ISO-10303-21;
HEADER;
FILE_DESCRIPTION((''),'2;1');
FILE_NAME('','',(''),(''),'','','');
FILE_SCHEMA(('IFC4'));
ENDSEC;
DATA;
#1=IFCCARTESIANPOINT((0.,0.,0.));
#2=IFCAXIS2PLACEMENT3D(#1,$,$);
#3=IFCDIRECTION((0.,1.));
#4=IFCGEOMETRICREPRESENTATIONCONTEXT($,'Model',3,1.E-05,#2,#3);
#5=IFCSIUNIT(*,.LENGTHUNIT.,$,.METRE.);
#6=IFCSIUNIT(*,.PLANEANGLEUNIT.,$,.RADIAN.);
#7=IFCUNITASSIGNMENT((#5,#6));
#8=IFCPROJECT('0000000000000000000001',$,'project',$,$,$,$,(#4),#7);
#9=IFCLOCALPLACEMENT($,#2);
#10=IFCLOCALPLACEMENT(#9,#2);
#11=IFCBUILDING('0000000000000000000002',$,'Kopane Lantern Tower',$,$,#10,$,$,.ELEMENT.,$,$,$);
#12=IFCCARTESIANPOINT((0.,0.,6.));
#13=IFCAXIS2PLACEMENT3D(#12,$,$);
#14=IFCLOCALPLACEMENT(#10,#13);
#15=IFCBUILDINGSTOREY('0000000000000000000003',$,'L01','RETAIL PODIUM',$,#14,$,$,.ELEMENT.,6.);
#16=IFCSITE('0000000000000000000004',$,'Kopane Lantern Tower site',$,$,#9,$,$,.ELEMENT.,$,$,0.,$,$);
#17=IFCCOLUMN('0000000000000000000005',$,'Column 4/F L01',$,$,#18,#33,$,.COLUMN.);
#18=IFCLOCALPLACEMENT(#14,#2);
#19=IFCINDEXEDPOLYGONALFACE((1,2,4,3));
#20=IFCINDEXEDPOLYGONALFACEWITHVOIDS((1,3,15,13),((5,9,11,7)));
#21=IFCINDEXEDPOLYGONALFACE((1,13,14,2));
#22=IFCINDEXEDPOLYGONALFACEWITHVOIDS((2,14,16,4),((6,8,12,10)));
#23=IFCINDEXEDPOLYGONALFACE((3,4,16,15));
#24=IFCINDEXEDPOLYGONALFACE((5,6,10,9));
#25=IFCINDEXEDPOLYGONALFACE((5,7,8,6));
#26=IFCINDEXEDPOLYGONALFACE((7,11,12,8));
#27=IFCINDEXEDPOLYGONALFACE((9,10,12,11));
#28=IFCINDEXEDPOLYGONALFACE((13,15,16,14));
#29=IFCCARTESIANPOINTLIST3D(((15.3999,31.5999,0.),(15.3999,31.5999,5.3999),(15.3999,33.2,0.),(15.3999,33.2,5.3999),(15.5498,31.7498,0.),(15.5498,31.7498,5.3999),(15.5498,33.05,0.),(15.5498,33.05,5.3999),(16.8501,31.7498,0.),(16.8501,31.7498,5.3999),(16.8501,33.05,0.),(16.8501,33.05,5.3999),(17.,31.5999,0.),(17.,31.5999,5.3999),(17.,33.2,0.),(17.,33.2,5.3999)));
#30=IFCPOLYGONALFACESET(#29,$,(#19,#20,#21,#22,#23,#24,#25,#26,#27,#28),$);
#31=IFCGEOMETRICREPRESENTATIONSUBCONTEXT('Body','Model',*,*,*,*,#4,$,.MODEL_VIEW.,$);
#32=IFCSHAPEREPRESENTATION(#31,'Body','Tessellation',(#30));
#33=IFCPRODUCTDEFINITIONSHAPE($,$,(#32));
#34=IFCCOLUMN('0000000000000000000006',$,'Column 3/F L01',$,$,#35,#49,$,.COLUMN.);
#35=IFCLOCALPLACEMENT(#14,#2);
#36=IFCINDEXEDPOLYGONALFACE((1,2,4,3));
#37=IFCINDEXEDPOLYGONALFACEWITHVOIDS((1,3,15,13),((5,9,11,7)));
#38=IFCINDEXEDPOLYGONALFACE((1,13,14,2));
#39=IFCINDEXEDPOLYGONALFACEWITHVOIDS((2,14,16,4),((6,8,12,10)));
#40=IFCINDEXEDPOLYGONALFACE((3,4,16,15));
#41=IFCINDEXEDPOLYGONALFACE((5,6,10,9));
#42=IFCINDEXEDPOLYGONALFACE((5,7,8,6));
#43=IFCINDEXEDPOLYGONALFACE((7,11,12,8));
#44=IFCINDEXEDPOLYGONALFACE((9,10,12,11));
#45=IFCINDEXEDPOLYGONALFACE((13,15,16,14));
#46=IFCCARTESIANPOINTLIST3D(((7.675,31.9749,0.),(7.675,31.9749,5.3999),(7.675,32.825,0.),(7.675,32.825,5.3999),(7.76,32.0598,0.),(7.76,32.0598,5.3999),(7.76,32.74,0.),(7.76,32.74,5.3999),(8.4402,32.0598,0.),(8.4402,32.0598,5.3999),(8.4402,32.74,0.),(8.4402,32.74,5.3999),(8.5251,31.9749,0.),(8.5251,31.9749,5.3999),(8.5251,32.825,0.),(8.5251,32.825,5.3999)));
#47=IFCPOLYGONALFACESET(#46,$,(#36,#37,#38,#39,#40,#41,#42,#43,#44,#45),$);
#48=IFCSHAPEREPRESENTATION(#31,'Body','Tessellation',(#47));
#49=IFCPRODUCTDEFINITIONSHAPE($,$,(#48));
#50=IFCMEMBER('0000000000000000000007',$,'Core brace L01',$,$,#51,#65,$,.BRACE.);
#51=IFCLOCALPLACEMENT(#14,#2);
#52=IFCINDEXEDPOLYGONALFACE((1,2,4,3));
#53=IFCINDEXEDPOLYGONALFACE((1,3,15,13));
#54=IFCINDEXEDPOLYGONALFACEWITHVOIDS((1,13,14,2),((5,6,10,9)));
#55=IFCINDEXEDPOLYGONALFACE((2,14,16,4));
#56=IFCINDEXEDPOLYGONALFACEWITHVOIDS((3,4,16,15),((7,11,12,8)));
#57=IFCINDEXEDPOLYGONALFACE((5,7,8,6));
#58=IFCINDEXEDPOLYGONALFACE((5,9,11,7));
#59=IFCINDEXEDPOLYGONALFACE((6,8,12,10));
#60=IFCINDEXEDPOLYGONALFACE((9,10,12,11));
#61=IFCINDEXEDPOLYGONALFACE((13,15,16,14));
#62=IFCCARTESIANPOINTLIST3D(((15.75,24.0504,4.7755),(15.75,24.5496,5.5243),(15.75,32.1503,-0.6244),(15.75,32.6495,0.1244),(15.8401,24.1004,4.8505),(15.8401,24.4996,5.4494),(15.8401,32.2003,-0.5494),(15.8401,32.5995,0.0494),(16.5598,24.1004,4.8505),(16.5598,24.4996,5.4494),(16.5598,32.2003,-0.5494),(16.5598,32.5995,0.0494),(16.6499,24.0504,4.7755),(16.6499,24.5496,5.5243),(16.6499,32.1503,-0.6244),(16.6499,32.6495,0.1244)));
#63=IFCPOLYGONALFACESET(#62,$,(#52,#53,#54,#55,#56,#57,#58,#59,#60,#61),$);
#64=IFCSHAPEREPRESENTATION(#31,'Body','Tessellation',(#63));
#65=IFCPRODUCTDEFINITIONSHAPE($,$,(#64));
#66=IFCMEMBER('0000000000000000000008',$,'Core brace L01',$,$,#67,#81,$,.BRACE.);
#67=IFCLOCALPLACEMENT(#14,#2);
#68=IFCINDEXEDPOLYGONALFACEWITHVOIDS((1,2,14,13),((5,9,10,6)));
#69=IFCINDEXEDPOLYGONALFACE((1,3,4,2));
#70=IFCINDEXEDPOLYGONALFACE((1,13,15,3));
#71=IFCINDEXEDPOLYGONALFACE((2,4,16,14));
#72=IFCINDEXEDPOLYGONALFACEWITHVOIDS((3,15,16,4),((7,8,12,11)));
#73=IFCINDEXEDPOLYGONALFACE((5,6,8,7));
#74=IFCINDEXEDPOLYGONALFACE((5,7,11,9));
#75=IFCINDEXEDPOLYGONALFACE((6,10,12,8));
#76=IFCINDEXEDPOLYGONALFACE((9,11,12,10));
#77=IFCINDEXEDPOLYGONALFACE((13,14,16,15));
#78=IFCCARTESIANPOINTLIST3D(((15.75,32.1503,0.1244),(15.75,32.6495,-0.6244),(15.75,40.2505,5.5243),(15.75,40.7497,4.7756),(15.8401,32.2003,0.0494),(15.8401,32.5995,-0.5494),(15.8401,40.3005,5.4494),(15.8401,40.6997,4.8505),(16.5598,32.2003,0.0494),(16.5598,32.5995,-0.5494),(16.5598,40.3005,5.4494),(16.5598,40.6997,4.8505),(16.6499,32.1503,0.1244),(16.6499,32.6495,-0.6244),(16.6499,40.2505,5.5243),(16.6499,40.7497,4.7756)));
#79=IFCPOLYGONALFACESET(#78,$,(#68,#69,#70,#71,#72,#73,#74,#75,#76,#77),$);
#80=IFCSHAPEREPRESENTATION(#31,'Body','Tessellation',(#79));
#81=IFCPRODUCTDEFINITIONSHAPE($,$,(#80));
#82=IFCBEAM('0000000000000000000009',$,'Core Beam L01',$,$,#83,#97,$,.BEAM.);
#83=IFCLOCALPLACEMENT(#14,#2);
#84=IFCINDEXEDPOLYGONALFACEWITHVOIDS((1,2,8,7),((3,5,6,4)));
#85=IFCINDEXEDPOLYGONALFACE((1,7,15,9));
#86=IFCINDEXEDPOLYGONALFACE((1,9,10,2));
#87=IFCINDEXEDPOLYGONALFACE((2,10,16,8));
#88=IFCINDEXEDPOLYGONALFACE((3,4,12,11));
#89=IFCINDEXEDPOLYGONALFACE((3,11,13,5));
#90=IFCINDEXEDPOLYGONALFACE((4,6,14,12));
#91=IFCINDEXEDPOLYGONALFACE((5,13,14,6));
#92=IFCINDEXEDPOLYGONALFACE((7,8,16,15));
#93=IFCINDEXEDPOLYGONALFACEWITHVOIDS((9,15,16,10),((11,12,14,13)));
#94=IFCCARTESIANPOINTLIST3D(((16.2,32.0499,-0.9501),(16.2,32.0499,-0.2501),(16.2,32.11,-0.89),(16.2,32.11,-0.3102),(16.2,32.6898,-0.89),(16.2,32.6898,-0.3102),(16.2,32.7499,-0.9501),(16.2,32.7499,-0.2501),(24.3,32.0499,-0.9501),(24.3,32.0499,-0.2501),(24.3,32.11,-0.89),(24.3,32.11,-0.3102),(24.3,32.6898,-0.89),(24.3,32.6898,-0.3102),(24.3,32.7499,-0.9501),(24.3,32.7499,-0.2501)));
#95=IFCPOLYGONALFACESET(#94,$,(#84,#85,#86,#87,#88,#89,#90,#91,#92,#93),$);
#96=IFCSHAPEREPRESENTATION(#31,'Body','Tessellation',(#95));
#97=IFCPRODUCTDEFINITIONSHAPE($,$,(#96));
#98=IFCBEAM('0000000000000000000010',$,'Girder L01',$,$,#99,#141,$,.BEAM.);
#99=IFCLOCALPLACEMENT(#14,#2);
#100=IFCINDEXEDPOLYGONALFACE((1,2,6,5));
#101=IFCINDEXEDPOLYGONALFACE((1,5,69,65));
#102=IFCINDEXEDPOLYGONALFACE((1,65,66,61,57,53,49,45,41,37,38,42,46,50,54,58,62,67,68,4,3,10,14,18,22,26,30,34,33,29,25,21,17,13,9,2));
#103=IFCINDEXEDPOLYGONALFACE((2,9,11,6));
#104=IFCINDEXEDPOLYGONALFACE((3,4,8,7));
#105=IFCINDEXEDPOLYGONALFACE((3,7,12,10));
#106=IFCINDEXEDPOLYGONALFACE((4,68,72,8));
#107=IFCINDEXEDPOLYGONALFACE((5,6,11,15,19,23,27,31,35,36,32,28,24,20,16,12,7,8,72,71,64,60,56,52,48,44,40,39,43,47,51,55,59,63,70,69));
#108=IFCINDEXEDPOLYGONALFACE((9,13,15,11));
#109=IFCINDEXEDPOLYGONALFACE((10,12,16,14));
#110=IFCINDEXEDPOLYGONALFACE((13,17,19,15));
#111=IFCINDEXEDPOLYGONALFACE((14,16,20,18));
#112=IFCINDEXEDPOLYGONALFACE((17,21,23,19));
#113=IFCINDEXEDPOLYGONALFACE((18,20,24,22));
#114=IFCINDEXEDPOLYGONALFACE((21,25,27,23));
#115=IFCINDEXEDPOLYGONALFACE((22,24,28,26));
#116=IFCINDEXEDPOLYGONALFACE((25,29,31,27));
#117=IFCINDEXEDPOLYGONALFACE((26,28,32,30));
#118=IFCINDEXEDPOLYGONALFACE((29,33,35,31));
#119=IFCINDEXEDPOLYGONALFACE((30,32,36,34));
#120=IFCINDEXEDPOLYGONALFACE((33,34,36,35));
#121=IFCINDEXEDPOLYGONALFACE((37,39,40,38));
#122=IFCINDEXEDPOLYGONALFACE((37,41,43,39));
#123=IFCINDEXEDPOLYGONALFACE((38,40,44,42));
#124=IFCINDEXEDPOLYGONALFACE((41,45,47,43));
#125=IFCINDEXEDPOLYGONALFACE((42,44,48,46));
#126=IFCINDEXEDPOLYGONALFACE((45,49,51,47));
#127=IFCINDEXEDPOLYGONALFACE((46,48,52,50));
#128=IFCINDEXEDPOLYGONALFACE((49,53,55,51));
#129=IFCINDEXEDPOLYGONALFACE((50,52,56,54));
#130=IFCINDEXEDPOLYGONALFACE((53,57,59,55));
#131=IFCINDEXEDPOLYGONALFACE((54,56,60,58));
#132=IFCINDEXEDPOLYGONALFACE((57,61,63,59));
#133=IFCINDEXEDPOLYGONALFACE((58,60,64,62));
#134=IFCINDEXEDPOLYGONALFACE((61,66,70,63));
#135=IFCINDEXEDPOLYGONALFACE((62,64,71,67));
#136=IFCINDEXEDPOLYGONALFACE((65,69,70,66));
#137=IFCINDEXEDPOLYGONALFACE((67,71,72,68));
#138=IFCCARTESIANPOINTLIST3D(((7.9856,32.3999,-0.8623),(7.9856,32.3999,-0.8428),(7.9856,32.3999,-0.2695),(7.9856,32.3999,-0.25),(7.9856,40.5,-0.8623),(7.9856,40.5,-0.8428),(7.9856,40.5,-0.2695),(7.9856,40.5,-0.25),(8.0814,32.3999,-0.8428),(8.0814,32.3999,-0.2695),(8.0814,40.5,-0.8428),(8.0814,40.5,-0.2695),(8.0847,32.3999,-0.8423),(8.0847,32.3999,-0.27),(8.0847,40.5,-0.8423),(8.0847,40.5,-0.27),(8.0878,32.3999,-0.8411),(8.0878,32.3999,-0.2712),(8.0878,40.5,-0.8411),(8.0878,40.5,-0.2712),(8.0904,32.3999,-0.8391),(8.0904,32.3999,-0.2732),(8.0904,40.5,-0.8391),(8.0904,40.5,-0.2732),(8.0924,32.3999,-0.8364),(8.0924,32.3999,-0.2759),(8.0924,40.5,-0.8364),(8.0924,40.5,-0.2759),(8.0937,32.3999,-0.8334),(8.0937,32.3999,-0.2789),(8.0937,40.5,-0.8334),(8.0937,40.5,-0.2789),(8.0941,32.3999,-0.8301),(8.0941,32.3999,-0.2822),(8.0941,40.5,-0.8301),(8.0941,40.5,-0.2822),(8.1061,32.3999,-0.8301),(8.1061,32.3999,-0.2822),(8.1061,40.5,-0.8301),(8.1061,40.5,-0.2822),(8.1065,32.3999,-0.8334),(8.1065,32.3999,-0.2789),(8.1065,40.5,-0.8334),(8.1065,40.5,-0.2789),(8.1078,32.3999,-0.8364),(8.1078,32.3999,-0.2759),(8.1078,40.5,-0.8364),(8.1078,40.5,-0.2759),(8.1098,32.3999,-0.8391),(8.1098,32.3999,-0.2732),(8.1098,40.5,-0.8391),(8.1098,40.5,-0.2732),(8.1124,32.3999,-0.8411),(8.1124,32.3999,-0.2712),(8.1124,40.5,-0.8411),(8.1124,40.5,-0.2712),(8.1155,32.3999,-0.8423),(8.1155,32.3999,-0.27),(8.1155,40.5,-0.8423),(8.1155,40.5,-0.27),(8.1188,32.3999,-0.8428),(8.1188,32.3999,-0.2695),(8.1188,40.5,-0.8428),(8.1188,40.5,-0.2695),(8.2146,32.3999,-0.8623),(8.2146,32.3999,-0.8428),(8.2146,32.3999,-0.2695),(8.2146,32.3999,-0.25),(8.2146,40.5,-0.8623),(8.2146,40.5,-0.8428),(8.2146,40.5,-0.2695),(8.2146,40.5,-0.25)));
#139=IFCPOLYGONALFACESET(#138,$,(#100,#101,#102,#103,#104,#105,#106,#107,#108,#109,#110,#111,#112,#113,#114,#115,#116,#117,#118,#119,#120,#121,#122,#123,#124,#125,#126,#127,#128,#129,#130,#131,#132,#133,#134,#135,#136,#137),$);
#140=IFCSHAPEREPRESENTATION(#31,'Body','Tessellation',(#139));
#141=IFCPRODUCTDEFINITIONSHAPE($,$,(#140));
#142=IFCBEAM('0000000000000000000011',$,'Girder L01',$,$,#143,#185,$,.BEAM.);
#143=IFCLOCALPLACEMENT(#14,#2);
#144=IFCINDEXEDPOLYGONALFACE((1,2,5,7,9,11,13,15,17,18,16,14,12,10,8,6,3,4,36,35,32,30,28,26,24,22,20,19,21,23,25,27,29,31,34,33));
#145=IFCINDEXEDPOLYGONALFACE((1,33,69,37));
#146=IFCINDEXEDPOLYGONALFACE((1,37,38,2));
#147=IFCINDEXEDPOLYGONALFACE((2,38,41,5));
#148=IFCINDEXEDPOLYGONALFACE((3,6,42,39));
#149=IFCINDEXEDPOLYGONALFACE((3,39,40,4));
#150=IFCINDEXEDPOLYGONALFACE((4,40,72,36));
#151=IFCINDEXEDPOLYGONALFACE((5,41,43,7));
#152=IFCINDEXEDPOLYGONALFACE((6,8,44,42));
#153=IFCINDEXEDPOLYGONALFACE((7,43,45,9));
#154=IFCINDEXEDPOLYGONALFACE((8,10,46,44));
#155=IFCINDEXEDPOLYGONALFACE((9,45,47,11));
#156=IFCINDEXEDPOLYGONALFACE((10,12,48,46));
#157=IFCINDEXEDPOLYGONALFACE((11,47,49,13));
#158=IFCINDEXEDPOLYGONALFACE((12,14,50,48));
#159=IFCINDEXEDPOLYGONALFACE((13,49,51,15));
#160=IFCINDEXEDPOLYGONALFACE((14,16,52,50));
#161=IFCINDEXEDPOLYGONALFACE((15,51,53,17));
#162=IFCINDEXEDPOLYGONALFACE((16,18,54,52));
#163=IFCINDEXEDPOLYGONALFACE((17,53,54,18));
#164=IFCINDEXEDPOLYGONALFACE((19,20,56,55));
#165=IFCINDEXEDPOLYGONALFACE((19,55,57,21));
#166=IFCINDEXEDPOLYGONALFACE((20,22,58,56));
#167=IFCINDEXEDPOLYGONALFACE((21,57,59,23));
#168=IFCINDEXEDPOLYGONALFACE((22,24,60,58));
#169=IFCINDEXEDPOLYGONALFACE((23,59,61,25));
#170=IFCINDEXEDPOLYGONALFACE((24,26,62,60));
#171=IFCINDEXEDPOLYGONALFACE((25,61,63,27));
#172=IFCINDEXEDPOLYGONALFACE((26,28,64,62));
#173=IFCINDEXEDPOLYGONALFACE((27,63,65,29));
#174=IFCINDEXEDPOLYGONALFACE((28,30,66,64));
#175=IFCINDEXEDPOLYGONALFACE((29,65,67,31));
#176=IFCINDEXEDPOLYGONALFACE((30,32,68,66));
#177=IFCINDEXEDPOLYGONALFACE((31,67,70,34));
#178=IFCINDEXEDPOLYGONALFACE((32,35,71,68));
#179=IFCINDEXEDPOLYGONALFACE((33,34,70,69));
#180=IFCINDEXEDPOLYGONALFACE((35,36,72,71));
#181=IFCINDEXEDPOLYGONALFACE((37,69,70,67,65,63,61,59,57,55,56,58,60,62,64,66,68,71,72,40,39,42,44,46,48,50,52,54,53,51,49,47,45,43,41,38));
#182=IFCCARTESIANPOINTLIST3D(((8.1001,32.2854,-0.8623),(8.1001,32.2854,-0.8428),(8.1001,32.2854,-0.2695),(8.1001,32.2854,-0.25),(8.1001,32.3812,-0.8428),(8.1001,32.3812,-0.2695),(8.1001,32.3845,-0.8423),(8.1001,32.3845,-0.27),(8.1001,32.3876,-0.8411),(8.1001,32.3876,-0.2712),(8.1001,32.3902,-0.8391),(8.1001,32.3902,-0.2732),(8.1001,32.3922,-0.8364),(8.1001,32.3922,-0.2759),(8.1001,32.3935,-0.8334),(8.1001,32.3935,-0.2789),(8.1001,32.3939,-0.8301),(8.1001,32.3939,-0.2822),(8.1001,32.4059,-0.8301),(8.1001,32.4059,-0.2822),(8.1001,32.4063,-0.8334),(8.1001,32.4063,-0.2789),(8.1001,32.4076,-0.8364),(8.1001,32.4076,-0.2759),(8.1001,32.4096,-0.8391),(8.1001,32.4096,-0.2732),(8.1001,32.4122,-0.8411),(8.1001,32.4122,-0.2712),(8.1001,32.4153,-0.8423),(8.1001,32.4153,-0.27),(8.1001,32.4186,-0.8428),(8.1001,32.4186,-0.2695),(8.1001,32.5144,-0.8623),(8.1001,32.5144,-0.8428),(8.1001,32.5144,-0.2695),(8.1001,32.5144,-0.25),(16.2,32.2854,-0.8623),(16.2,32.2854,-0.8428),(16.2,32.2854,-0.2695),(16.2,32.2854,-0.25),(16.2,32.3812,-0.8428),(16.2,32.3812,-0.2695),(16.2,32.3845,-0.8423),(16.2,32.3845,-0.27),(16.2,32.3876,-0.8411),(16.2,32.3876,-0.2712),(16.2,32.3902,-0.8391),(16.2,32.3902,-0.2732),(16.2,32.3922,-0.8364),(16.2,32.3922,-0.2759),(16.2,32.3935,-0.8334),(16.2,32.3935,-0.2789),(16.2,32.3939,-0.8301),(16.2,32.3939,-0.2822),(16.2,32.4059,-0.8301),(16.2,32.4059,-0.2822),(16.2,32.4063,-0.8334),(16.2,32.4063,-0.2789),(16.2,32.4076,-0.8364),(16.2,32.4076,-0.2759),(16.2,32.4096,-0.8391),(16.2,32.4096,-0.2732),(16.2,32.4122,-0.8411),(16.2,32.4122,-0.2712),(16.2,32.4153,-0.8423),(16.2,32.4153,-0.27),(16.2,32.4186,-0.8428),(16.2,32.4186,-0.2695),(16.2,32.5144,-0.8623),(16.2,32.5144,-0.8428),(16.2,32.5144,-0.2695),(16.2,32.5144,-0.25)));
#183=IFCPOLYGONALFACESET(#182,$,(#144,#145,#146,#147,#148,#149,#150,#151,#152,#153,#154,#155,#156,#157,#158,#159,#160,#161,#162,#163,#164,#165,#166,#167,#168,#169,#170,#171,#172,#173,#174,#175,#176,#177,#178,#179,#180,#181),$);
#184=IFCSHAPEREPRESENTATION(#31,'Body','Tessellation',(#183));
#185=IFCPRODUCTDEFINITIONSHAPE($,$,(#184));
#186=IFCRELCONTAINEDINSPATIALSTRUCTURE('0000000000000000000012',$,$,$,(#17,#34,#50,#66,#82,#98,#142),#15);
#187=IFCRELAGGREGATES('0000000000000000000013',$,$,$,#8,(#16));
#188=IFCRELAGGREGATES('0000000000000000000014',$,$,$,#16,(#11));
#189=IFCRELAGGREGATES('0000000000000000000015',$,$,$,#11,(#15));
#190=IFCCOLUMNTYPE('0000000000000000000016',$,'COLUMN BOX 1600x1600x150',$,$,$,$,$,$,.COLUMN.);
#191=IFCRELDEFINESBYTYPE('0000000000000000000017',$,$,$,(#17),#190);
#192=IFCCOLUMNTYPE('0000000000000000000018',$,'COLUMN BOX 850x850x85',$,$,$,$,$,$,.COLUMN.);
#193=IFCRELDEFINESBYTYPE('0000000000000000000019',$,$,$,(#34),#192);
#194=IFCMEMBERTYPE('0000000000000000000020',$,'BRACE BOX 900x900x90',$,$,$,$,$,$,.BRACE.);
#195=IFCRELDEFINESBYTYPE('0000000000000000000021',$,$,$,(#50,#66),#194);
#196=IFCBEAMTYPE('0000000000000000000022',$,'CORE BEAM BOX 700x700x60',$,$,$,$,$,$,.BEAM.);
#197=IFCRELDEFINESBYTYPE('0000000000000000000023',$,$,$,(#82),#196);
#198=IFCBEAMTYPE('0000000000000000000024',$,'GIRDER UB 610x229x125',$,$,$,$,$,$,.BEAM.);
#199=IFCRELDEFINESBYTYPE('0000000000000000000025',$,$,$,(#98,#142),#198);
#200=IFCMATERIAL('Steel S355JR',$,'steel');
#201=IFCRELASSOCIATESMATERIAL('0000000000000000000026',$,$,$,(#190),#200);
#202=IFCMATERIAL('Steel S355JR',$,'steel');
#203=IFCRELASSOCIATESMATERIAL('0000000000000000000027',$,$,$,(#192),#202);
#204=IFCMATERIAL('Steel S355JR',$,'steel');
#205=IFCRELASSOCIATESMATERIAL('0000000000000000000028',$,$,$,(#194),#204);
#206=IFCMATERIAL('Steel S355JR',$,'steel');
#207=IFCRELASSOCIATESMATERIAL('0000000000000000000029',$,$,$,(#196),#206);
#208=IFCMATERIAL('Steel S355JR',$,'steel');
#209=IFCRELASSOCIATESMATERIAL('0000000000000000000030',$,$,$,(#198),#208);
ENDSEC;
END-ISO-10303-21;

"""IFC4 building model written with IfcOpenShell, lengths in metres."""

from ifc_helpers import new_model, si_unit, direction, frame, origin, origin_2d, place, context, subcontext, project, spatial, hollow_rectangle, i_section, extrude, material, material_profile, profile_set, type_object, element, save


model = new_model("IFC4")

# Units and contexts
model_context = context("Model", 3, precision=1e-05, world=origin(), true_north=direction((0.0, 1.0)))
body_context = subcontext(model_context, "Body", "Model", "MODEL_VIEW")
ifc_project = project(units=[si_unit("LENGTHUNIT", "METRE"), si_unit("PLANEANGLEUNIT", "RADIAN")], contexts=[model_context])

# Site, building, storey
site_placement = place(None, origin())
site = spatial("IfcSite", under=ifc_project, at=site_placement, Name="Kopane Lantern Tower site", CompositionType="ELEMENT", RefElevation=0.0)
building_placement = place(site_placement, origin())
building = spatial("IfcBuilding", under=site, at=building_placement, Name="Kopane Lantern Tower", CompositionType="ELEMENT")
storey_placement = place(building_placement, frame((0.0, 0.0, 6.0)))
storey = spatial("IfcBuildingStorey", under=building, at=storey_placement, Name="L01", Description="RETAIL PODIUM", CompositionType="ELEMENT", Elevation=6.0)

# Columns
ifc_material_1 = material(Name="Steel S355JR", Category="steel")
ifc_material_profile_1 = material_profile(ifc_material_1, hollow_rectangle(XDim=1.6001, YDim=1.6001, WallThickness=0.1499, at=origin_2d()), Name="BOX 1600x1600x150")
ifc_profile_set_1 = profile_set([ifc_material_profile_1], Name="Steel S355JR")
column_type_1 = type_object("IfcColumnType", Name="COLUMN BOX 1600x1600x150", PredefinedType="COLUMN", material=ifc_profile_set_1)
column_1_placement = place(storey_placement, frame((16.2, 32.3999, 0.0), z_axis=(0.0, 0.0, 1.0), x_axis=(1.0, 0.0, 0.0)))
element("IfcColumn", 1, at=column_1_placement, inside=storey, type_object=column_type_1, Name="Column 4/F L01", PredefinedType="COLUMN", context=body_context, shape_type="SweptSolid", body=[
    extrude(hollow_rectangle(XDim=1.6001, YDim=1.6001, WallThickness=0.1499, at=origin_2d()), origin(), (0.0, 0.0, 1.0), 5.3999),
])
ifc_material_2 = material(Name="Steel S355JR", Category="steel")
ifc_material_profile_2 = material_profile(ifc_material_2, hollow_rectangle(XDim=0.8501, YDim=0.8501, WallThickness=0.085, at=origin_2d()), Name="BOX 850x850x85")
ifc_profile_set_2 = profile_set([ifc_material_profile_2], Name="Steel S355JR")
column_type_2 = type_object("IfcColumnType", Name="COLUMN BOX 850x850x85", PredefinedType="COLUMN", material=ifc_profile_set_2)
column_2_placement = place(storey_placement, frame((8.1001, 32.3999, 0.0), z_axis=(0.0, 0.0, 1.0), x_axis=(1.0, 0.0, 0.0)))
element("IfcColumn", 2, at=column_2_placement, inside=storey, type_object=column_type_2, Name="Column 3/F L01", PredefinedType="COLUMN", context=body_context, shape_type="SweptSolid", body=[
    extrude(hollow_rectangle(XDim=0.8501, YDim=0.8501, WallThickness=0.085, at=origin_2d()), origin(), (0.0, 0.0, 1.0), 5.3999),
])

# Members
ifc_material_3 = material(Name="Steel S355JR", Category="steel")
ifc_material_profile_3 = material_profile(ifc_material_3, hollow_rectangle(XDim=0.8999, YDim=0.8999, WallThickness=0.0901, at=origin_2d()), Name="BOX 900x900x90")
ifc_profile_set_3 = profile_set([ifc_material_profile_3], Name="Steel S355JR")
member_type = type_object("IfcMemberType", Name="BRACE BOX 900x900x90", PredefinedType="BRACE", material=ifc_profile_set_3)
member_1_placement = place(storey_placement, frame((16.2, 32.3999, -0.25), z_axis=(0.0, -0.83205, 0.5547), x_axis=(1.0, 0.0, 0.0)))
element("IfcMember", 3, at=member_1_placement, inside=storey, type_object=member_type, Name="Core brace L01", PredefinedType="BRACE", context=body_context, shape_type="SweptSolid", body=[
    extrude(hollow_rectangle(XDim=0.8999, YDim=0.8999, WallThickness=0.0901, at=origin_2d()), origin(), (0.0, 0.0, 1.0), 9.7349),
])
member_2_placement = place(storey_placement, frame((16.2, 32.3999, -0.25), z_axis=(0.0, 0.832058, 0.554689), x_axis=(-1.0, 0.0, 0.0)))
element("IfcMember", 4, at=member_2_placement, inside=storey, type_object=member_type, Name="Core brace L01", PredefinedType="BRACE", context=body_context, shape_type="SweptSolid", body=[
    extrude(hollow_rectangle(XDim=0.8999, YDim=0.8999, WallThickness=0.0901, at=origin_2d()), origin(), (0.0, 0.0, 1.0), 9.7351),
])

# Beams
ifc_material_4 = material(Name="Steel S355JR", Category="steel")
ifc_material_profile_4 = material_profile(ifc_material_4, hollow_rectangle(XDim=0.7, YDim=0.7, WallThickness=0.0601, at=origin_2d()), Name="BOX 700x700x60")
ifc_profile_set_4 = profile_set([ifc_material_profile_4], Name="Steel S355JR")
beam_type_1 = type_object("IfcBeamType", Name="CORE BEAM BOX 700x700x60", PredefinedType="BEAM", material=ifc_profile_set_4)
beam_1_placement = place(storey_placement, frame((16.2, 32.3999, -0.6001), z_axis=(1.0, 0.0, 0.0), x_axis=(0.0, 1.0, 0.0)))
element("IfcBeam", 5, at=beam_1_placement, inside=storey, type_object=beam_type_1, Name="Core Beam L01", PredefinedType="BEAM", context=body_context, shape_type="SweptSolid", body=[
    extrude(hollow_rectangle(XDim=0.7, YDim=0.7, WallThickness=0.0601, at=origin_2d()), origin(), (0.0, 0.0, 1.0), 8.1001),
])
ifc_material_5 = material(Name="Steel S355JR", Category="steel")
ifc_material_profile_5 = material_profile(ifc_material_5, i_section(OverallWidth=0.229, OverallDepth=0.6123, WebThickness=0.012, FlangeThickness=0.0195, FilletRadius=0.0127, at=origin_2d()), Name="UB 610x229x125")
ifc_profile_set_5 = profile_set([ifc_material_profile_5], Name="Steel S355JR")
beam_type_2 = type_object("IfcBeamType", Name="GIRDER UB 610x229x125", PredefinedType="BEAM", material=ifc_profile_set_5)
beam_2_placement = place(storey_placement, frame((8.1001, 32.3999, -0.5562), z_axis=(0.0, 1.0, 0.0), x_axis=(-1.0, 0.0, 0.0)))
element("IfcBeam", 6, at=beam_2_placement, inside=storey, type_object=beam_type_2, Name="Girder L01", PredefinedType="BEAM", context=body_context, shape_type="SweptSolid", body=[
    extrude(i_section(OverallWidth=0.229, OverallDepth=0.6123, WebThickness=0.012, FlangeThickness=0.0195, FilletRadius=0.0127, at=origin_2d()), origin(), (0.0, 0.0, 1.0), 8.1001),
])
beam_3_placement = place(storey_placement, frame((8.1001, 32.3999, -0.5562), z_axis=(1.0, 0.0, 0.0), x_axis=(0.0, 1.0, 0.0)))
element("IfcBeam", 7, at=beam_3_placement, inside=storey, type_object=beam_type_2, Name="Girder L01", PredefinedType="BEAM", context=body_context, shape_type="SweptSolid", body=[
    extrude(i_section(OverallWidth=0.229, OverallDepth=0.6123, WebThickness=0.012, FlangeThickness=0.0195, FilletRadius=0.0127, at=origin_2d()), origin(), (0.0, 0.0, 1.0), 8.0999),
])

save(model, "model.ifc")
